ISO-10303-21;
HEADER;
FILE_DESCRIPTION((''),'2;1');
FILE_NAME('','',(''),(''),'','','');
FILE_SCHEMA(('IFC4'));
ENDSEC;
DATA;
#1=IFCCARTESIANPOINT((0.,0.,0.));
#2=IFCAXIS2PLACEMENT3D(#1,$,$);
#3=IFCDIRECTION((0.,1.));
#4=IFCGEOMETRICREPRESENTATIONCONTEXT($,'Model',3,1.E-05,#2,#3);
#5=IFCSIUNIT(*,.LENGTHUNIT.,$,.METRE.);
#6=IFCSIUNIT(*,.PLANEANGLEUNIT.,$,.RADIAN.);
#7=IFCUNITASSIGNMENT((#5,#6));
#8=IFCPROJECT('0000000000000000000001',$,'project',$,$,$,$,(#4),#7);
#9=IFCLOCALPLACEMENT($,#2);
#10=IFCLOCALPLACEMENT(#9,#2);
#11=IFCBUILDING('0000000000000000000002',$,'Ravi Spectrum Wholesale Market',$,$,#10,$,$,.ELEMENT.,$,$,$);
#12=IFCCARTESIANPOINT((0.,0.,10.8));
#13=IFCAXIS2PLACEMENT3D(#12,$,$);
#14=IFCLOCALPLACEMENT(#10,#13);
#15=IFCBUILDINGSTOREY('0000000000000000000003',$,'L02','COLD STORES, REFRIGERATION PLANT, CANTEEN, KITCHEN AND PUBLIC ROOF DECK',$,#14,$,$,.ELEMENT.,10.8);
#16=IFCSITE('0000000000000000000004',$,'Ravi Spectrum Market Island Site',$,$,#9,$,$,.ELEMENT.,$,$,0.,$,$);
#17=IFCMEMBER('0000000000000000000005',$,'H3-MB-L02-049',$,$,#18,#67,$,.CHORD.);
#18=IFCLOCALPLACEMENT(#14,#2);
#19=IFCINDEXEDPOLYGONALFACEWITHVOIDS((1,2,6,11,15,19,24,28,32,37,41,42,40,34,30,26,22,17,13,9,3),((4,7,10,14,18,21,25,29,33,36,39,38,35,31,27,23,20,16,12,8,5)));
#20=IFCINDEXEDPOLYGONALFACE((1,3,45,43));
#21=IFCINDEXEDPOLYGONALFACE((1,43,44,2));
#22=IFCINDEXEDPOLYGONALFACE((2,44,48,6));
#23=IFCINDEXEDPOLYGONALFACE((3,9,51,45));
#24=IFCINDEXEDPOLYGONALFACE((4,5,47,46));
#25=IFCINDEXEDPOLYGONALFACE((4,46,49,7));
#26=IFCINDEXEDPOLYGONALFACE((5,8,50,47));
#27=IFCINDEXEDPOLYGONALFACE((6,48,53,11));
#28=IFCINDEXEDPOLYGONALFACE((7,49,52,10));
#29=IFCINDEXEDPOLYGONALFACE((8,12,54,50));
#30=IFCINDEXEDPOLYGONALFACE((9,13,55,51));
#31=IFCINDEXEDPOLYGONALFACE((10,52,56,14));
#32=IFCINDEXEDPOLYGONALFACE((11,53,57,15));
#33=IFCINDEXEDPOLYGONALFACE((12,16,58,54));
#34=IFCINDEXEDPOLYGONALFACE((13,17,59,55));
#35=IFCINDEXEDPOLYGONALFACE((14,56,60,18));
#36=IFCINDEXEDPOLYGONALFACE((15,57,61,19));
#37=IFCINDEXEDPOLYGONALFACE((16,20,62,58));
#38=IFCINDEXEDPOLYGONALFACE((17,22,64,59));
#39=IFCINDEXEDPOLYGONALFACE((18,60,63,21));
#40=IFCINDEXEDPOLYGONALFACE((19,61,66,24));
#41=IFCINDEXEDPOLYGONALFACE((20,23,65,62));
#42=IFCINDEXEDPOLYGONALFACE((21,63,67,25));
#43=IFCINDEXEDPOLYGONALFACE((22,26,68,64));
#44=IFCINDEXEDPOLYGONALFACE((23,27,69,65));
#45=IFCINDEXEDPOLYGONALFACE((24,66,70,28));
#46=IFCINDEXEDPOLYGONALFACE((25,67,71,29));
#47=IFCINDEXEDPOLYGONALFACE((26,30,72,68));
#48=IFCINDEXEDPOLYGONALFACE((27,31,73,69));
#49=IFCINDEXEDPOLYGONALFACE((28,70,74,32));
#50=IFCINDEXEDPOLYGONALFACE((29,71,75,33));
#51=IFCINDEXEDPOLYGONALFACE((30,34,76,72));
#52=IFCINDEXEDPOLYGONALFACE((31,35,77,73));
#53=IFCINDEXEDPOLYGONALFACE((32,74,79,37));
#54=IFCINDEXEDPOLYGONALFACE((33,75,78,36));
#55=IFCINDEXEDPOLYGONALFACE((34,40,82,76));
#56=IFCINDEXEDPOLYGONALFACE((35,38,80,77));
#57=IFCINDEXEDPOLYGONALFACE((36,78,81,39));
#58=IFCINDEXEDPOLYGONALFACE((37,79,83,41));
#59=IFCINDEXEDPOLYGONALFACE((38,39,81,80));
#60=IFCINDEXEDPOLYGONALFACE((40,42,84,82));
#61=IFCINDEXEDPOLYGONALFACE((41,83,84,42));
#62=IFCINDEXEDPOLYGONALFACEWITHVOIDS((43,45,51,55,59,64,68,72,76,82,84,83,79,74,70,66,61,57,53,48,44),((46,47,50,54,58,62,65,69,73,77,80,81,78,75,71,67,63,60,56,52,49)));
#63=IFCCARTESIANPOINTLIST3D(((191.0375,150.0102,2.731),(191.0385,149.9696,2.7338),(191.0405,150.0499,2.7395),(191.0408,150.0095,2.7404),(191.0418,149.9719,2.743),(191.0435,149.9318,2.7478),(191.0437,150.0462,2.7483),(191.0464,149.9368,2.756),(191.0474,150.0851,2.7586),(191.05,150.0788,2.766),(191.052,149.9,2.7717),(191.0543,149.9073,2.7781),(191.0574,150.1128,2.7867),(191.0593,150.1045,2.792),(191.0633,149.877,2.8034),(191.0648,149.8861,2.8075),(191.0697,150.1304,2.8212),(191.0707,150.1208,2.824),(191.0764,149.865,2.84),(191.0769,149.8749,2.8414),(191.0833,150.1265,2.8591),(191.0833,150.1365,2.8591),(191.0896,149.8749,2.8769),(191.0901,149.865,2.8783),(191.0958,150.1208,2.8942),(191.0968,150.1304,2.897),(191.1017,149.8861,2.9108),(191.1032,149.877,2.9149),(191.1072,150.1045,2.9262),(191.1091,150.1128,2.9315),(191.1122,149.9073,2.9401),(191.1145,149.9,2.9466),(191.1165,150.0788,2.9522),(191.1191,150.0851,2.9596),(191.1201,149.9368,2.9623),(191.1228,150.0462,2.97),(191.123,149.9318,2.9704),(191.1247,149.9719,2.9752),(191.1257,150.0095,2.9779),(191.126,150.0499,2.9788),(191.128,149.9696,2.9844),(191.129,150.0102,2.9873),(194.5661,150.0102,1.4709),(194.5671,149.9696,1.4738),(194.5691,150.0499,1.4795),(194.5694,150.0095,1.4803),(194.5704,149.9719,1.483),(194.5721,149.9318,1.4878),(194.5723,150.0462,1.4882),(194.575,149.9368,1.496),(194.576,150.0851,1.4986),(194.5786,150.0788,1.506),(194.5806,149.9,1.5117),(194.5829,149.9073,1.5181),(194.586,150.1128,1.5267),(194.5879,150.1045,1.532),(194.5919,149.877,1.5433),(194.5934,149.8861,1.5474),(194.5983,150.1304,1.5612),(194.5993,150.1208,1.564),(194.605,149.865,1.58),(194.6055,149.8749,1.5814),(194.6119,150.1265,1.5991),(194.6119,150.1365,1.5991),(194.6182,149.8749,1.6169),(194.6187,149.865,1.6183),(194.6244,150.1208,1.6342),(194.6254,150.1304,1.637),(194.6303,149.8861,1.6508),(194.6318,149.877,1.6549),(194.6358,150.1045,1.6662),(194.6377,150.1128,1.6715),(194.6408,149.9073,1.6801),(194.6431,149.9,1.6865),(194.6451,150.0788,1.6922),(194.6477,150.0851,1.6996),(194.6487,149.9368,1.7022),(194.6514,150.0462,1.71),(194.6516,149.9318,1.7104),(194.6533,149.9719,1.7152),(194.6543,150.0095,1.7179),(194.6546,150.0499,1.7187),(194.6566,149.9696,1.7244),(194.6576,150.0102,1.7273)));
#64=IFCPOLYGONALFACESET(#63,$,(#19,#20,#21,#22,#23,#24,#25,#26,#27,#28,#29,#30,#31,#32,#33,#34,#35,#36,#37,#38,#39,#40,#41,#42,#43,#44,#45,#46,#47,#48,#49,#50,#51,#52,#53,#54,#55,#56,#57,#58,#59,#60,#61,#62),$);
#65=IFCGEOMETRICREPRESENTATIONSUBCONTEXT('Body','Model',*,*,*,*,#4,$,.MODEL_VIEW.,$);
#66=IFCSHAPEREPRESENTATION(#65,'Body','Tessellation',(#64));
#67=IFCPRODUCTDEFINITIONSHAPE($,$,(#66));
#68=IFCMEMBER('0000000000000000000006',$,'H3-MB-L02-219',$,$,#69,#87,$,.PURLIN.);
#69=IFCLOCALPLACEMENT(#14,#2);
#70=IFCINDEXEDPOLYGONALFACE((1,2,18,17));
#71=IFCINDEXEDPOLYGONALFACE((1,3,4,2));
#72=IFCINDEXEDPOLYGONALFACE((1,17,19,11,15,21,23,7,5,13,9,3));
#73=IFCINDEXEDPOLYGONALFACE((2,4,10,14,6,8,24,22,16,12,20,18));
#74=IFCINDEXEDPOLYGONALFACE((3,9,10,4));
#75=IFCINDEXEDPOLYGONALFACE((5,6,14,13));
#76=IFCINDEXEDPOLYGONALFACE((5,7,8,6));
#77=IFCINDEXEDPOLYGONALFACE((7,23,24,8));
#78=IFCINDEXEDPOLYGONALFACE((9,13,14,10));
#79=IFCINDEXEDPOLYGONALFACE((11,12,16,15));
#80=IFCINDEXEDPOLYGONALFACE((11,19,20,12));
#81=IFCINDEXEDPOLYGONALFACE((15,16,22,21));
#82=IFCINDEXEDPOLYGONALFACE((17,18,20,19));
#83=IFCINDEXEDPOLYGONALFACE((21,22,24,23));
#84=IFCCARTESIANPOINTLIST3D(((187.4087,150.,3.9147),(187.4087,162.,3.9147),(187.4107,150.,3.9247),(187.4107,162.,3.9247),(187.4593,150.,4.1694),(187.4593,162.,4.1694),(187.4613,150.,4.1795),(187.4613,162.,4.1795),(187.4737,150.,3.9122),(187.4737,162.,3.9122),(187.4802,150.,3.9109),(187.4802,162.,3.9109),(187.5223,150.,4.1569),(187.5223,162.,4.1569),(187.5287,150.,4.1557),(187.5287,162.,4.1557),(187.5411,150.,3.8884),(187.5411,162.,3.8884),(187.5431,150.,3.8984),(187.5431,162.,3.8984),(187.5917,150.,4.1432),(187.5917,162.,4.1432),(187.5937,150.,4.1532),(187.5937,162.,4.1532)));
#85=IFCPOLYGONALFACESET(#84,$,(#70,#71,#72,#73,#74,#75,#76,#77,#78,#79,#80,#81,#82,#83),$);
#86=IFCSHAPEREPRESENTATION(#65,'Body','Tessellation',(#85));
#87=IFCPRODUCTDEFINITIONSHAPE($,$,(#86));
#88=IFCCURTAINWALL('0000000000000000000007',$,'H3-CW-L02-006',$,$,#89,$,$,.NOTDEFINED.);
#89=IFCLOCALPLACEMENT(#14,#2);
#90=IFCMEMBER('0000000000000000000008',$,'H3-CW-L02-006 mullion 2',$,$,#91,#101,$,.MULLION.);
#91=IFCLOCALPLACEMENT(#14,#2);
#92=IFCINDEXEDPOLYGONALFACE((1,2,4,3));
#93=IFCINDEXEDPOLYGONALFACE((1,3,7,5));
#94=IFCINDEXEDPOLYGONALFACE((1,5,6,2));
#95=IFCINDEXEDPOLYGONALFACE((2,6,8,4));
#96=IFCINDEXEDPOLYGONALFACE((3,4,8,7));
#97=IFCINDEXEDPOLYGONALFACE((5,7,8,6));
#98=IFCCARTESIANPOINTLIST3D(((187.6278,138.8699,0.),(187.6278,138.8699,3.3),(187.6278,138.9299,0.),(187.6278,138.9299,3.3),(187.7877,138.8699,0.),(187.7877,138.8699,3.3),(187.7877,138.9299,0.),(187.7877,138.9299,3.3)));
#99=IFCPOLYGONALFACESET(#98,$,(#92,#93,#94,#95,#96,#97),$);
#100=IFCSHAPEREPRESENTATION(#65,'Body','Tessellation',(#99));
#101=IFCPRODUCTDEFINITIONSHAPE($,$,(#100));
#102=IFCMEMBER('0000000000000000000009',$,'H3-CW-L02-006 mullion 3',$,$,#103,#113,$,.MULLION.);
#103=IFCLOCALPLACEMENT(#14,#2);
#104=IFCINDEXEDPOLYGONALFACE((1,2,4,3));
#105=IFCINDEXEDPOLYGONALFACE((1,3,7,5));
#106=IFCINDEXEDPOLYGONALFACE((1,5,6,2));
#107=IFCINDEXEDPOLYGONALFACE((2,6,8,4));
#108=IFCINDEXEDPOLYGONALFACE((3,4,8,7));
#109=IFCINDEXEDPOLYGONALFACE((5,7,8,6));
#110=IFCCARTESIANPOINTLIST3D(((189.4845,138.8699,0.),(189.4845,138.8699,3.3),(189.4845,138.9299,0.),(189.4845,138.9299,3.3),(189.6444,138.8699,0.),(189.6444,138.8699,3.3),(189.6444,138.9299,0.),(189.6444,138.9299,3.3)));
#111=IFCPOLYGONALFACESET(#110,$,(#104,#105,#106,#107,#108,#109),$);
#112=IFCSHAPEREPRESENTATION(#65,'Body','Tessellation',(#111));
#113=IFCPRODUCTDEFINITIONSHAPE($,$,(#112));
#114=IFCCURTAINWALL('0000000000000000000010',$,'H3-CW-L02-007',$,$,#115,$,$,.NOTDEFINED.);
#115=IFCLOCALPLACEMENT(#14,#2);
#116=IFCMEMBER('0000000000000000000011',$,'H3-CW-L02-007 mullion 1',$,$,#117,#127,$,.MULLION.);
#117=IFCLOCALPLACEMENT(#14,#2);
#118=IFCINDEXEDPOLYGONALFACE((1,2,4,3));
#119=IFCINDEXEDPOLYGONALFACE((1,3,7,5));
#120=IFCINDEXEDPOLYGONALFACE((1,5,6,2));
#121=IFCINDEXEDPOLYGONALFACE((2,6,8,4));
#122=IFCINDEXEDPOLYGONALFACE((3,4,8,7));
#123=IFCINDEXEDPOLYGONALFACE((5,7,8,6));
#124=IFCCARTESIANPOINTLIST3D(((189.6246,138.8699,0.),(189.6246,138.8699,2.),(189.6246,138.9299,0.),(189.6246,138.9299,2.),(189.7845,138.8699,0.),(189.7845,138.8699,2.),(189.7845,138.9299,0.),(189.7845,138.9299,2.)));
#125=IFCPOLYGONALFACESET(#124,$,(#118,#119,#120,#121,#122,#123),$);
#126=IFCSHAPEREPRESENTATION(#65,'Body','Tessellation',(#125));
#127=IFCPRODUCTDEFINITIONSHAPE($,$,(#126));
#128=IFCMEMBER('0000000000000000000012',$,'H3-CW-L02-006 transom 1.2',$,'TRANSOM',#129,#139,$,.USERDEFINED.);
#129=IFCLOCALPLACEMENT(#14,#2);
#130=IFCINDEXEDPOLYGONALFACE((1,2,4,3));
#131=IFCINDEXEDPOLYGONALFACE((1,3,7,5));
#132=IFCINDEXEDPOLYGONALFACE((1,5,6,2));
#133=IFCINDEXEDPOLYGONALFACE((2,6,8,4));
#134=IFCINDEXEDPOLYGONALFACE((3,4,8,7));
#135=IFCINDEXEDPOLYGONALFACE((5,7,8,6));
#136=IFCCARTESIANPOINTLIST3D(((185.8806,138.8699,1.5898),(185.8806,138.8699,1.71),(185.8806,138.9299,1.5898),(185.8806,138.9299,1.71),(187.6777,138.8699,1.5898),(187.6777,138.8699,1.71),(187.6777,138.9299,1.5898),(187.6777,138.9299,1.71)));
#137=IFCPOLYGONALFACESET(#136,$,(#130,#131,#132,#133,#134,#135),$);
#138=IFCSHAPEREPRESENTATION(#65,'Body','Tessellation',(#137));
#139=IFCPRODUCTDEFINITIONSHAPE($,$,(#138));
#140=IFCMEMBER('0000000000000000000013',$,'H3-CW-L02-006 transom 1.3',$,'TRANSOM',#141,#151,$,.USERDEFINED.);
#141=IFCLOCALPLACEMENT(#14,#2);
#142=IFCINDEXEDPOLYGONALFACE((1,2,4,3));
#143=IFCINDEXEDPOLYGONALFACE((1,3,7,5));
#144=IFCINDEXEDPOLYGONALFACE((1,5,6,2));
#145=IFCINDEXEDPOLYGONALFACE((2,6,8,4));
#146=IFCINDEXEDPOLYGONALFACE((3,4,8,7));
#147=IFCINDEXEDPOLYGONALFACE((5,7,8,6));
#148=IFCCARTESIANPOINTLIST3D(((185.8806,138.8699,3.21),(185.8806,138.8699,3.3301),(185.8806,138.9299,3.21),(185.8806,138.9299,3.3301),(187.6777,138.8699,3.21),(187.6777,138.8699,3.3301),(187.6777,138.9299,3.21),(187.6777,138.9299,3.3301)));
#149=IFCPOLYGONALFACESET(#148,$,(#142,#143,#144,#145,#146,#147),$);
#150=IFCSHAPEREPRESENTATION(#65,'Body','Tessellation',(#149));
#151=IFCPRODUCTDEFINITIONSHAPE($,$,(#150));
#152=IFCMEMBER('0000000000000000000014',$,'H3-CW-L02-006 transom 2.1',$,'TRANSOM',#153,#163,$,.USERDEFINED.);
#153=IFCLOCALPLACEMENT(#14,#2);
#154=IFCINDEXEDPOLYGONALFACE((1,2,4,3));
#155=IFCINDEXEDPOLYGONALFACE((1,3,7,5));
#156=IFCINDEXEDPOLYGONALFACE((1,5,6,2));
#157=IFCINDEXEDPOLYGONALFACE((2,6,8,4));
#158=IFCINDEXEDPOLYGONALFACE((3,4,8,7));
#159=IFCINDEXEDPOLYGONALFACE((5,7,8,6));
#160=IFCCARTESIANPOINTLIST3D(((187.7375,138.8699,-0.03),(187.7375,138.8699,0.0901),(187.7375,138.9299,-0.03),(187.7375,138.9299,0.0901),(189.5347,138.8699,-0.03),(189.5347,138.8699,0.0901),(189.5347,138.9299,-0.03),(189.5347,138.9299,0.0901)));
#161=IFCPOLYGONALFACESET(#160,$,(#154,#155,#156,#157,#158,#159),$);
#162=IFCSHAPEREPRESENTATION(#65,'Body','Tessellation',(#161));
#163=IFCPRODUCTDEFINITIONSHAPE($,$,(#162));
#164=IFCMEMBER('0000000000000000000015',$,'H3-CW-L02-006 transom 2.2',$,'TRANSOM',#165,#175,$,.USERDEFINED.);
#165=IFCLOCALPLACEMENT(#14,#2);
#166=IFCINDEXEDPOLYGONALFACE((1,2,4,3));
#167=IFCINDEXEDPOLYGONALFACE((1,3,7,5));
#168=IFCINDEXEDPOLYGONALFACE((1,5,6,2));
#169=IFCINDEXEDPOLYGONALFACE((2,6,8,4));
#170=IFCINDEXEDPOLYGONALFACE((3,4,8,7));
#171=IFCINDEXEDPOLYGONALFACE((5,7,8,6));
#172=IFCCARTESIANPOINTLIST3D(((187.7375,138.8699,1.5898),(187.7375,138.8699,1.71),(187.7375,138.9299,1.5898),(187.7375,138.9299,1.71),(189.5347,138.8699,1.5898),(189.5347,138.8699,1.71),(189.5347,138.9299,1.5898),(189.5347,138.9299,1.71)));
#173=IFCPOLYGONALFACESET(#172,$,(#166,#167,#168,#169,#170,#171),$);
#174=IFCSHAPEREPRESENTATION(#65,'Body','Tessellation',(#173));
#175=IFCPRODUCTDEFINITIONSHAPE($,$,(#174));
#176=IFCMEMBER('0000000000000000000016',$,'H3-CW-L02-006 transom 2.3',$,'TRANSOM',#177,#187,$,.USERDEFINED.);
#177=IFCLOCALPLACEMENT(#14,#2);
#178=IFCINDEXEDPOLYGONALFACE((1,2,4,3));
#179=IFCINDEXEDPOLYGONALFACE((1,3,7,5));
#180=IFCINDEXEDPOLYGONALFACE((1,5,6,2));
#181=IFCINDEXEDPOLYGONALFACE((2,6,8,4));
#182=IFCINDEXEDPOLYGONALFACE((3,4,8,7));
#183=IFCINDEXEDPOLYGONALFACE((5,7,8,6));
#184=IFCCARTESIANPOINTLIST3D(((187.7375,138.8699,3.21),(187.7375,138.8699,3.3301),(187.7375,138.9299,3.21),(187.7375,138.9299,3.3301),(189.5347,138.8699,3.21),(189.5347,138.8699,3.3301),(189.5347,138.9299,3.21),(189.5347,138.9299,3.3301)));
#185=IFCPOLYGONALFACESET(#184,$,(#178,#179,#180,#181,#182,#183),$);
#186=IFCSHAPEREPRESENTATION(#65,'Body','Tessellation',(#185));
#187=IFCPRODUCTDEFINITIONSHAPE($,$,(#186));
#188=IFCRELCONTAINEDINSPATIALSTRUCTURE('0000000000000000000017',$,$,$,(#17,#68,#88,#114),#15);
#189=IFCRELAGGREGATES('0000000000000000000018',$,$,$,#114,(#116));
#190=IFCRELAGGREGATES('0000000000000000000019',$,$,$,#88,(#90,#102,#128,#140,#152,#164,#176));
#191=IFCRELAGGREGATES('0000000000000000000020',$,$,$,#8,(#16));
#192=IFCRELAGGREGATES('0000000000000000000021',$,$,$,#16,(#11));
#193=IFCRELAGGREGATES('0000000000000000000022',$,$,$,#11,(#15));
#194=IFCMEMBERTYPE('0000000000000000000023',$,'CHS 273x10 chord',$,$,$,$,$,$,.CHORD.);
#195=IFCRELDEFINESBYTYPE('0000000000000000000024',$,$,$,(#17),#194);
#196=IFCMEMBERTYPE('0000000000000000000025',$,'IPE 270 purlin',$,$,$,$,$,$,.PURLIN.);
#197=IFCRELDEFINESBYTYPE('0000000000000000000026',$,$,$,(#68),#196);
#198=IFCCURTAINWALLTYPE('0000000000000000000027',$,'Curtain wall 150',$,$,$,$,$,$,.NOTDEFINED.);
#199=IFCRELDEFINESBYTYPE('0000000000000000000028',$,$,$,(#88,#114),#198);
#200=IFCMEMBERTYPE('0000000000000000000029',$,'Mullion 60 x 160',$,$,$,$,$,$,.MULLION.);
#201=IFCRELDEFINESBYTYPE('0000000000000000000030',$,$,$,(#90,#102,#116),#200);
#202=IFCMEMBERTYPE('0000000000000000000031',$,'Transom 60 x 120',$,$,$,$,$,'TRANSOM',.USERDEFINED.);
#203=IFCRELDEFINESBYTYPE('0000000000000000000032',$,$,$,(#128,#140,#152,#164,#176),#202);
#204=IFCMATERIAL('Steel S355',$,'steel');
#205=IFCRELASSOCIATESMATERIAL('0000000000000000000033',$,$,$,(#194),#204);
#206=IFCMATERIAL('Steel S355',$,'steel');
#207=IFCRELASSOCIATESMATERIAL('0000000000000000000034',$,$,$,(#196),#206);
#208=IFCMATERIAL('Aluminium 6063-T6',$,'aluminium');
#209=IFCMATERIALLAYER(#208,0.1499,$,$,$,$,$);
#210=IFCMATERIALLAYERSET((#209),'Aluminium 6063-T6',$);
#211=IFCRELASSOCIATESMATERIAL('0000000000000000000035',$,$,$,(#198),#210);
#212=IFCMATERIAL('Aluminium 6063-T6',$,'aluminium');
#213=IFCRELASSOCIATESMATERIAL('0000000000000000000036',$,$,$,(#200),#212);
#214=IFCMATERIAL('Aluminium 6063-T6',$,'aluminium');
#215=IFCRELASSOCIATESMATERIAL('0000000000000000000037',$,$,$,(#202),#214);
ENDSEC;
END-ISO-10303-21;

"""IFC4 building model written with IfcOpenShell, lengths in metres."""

from ifc_helpers import new_model, si_unit, direction, frame, origin, origin_2d, place, context, subcontext, project, spatial, rectangle, hollow_circle, i_section, extrude, material, layer, layer_set, material_profile, profile_set, type_object, element, aggregate, save


model = new_model("IFC4")

# Units and contexts
model_context = context("Model", 3, precision=1e-05, world=origin(), true_north=direction((0.0, 1.0)))
body_context = subcontext(model_context, "Body", "Model", "MODEL_VIEW")
ifc_project = project(units=[si_unit("LENGTHUNIT", "METRE"), si_unit("PLANEANGLEUNIT", "RADIAN")], contexts=[model_context])

# Site, building, storey
site_placement = place(None, origin())
site = spatial("IfcSite", under=ifc_project, at=site_placement, Name="Ravi Spectrum Market Island Site", CompositionType="ELEMENT", RefElevation=0.0)
building_placement = place(site_placement, origin())
building = spatial("IfcBuilding", under=site, at=building_placement, Name="Ravi Spectrum Wholesale Market", CompositionType="ELEMENT")
storey_placement = place(building_placement, frame((0.0, 0.0, 10.8)))
storey = spatial("IfcBuildingStorey", under=building, at=storey_placement, Name="L02", Description="COLD STORES, REFRIGERATION PLANT, CANTEEN, KITCHEN AND PUBLIC ROOF DECK", CompositionType="ELEMENT", Elevation=10.8)

# Members
ifc_material_1 = material(Name="Steel S355", Category="steel")
ifc_material_profile_1 = material_profile(ifc_material_1, hollow_circle(Radius=0.1365, WallThickness=0.01, at=origin_2d()))
ifc_profile_set_1 = profile_set([ifc_material_profile_1], Name="Steel S355")
member_type_1 = type_object("IfcMemberType", Name="CHS 273x10 chord", PredefinedType="CHORD", material=ifc_profile_set_1)
member_1_placement = place(storey_placement, frame((191.0833, 150.0, 2.8591), z_axis=(0.941758, 0.0, -0.336291), x_axis=(0.0, 1.0, 0.0)))
element("IfcMember", 1, at=member_1_placement, inside=storey, type_object=member_type_1, Name="H3-MB-L02-049", PredefinedType="CHORD", context=body_context, shape_type="SweptSolid", body=[
    extrude(hollow_circle(Radius=0.1365, WallThickness=0.01, at=origin_2d()), origin(), (0.0, 0.0, 1.0), 3.7468),
])
ifc_material_2 = material(Name="Steel S355", Category="steel")
ifc_material_profile_2 = material_profile(ifc_material_2, i_section(OverallWidth=0.135, OverallDepth=0.27, WebThickness=0.0066, FlangeThickness=0.0103, at=origin_2d()))
ifc_profile_set_2 = profile_set([ifc_material_profile_2], Name="Steel S355")
member_type_2 = type_object("IfcMemberType", Name="IPE 270 purlin", PredefinedType="PURLIN", material=ifc_profile_set_2)
member_2_placement = place(storey_placement, frame((187.5012, 150.0, 4.0339), z_axis=(0.0, 1.0, 0.0), x_axis=(-0.980857, 0.0, 0.194731)))
element("IfcMember", 2, at=member_2_placement, inside=storey, type_object=member_type_2, Name="H3-MB-L02-219", PredefinedType="PURLIN", context=body_context, shape_type="SweptSolid", body=[
    extrude(i_section(OverallWidth=0.135, OverallDepth=0.27, WebThickness=0.0066, FlangeThickness=0.0103, at=origin_2d()), origin(), (0.0, 0.0, 1.0), 12.0),
])

# Curtain wall, members
ifc_material_3 = material(Name="Aluminium 6063-T6", Category="aluminium")
ifc_layer_1 = layer(ifc_material_3, 0.1499)
ifc_layer_set_1 = layer_set([ifc_layer_1], Name="Aluminium 6063-T6")
curtain_wall_type = type_object("IfcCurtainWallType", Name="Curtain wall 150", PredefinedType="NOTDEFINED", material=ifc_layer_set_1)
curtain_wall_1_placement = place(storey_placement, origin())
curtain_wall_1 = element("IfcCurtainWall", 3, at=curtain_wall_1_placement, inside=storey, type_object=curtain_wall_type, Name="H3-CW-L02-006", PredefinedType="NOTDEFINED")
ifc_material_4 = material(Name="Aluminium 6063-T6", Category="aluminium")
ifc_material_profile_3 = material_profile(ifc_material_4, rectangle(XDim=0.0601, YDim=0.1599, at=origin_2d()))
ifc_profile_set_3 = profile_set([ifc_material_profile_3], Name="Aluminium 6063-T6")
member_type_3 = type_object("IfcMemberType", Name="Mullion 60 x 160", PredefinedType="MULLION", material=ifc_profile_set_3)
member_3_placement = place(storey_placement, frame((187.7078, 138.8999, 0.0), z_axis=(0.0, 0.0, 1.0), x_axis=(0.0, 1.0, 0.0)))
member_3 = element("IfcMember", 4, at=member_3_placement, type_object=member_type_3, Name="H3-CW-L02-006 mullion 2", PredefinedType="MULLION", context=body_context, shape_type="SweptSolid", body=[
    extrude(rectangle(XDim=0.0601, YDim=0.1599, at=origin_2d()), origin(), (0.0, 0.0, 1.0), 3.3),
])
member_4_placement = place(storey_placement, frame((189.5645, 138.8999, 0.0), z_axis=(0.0, 0.0, 1.0), x_axis=(0.0, 1.0, 0.0)))
member_4 = element("IfcMember", 5, at=member_4_placement, type_object=member_type_3, Name="H3-CW-L02-006 mullion 3", PredefinedType="MULLION", context=body_context, shape_type="SweptSolid", body=[
    extrude(rectangle(XDim=0.0601, YDim=0.1599, at=origin_2d()), origin(), (0.0, 0.0, 1.0), 3.3),
])

# Curtain wall, member
curtain_wall_2_placement = place(storey_placement, origin())
curtain_wall_2 = element("IfcCurtainWall", 6, at=curtain_wall_2_placement, inside=storey, type_object=curtain_wall_type, Name="H3-CW-L02-007", PredefinedType="NOTDEFINED")
member_5_placement = place(storey_placement, frame((189.7046, 138.8999, 0.0), z_axis=(0.0, 0.0, 1.0), x_axis=(0.0, 1.0, 0.0)))
member_5 = element("IfcMember", 7, at=member_5_placement, type_object=member_type_3, Name="H3-CW-L02-007 mullion 1", PredefinedType="MULLION", context=body_context, shape_type="SweptSolid", body=[
    extrude(rectangle(XDim=0.0601, YDim=0.1599, at=origin_2d()), origin(), (0.0, 0.0, 1.0), 2.0),
])

# Members
ifc_material_5 = material(Name="Aluminium 6063-T6", Category="aluminium")
ifc_material_profile_4 = material_profile(ifc_material_5, rectangle(XDim=0.0601, YDim=0.1201, at=origin_2d()))
ifc_profile_set_4 = profile_set([ifc_material_profile_4], Name="Aluminium 6063-T6")
member_type_4 = type_object("IfcMemberType", Name="Transom 60 x 120", ElementType="TRANSOM", PredefinedType="USERDEFINED", material=ifc_profile_set_4)
member_6_placement = place(storey_placement, frame((185.8806, 138.8999, 1.6499), z_axis=(1.0, 0.0, 0.0), x_axis=(0.0, 1.0, 0.0)))
member_6 = element("IfcMember", 8, at=member_6_placement, type_object=member_type_4, Name="H3-CW-L02-006 transom 1.2", ObjectType="TRANSOM", PredefinedType="USERDEFINED", context=body_context, shape_type="SweptSolid", body=[
    extrude(rectangle(XDim=0.0601, YDim=0.1201, at=origin_2d()), origin(), (0.0, 0.0, 1.0), 1.7971),
])
member_7_placement = place(storey_placement, frame((185.8806, 138.8999, 3.27), z_axis=(1.0, 0.0, 0.0), x_axis=(0.0, 1.0, 0.0)))
member_7 = element("IfcMember", 9, at=member_7_placement, type_object=member_type_4, Name="H3-CW-L02-006 transom 1.3", ObjectType="TRANSOM", PredefinedType="USERDEFINED", context=body_context, shape_type="SweptSolid", body=[
    extrude(rectangle(XDim=0.0601, YDim=0.1201, at=origin_2d()), origin(), (0.0, 0.0, 1.0), 1.7971),
])
member_8_placement = place(storey_placement, frame((187.7375, 138.8999, 0.03), z_axis=(1.0, 0.0, 0.0), x_axis=(0.0, 1.0, 0.0)))
member_8 = element("IfcMember", 10, at=member_8_placement, type_object=member_type_4, Name="H3-CW-L02-006 transom 2.1", ObjectType="TRANSOM", PredefinedType="USERDEFINED", context=body_context, shape_type="SweptSolid", body=[
    extrude(rectangle(XDim=0.0601, YDim=0.1201, at=origin_2d()), origin(), (0.0, 0.0, 1.0), 1.7971),
])
member_9_placement = place(storey_placement, frame((187.7375, 138.8999, 1.6499), z_axis=(1.0, 0.0, 0.0), x_axis=(0.0, 1.0, 0.0)))
member_9 = element("IfcMember", 11, at=member_9_placement, type_object=member_type_4, Name="H3-CW-L02-006 transom 2.2", ObjectType="TRANSOM", PredefinedType="USERDEFINED", context=body_context, shape_type="SweptSolid", body=[
    extrude(rectangle(XDim=0.0601, YDim=0.1201, at=origin_2d()), origin(), (0.0, 0.0, 1.0), 1.7971),
])
member_10_placement = place(storey_placement, frame((187.7375, 138.8999, 3.27), z_axis=(1.0, 0.0, 0.0), x_axis=(0.0, 1.0, 0.0)))
member_10 = element("IfcMember", 12, at=member_10_placement, type_object=member_type_4, Name="H3-CW-L02-006 transom 2.3", ObjectType="TRANSOM", PredefinedType="USERDEFINED", context=body_context, shape_type="SweptSolid", body=[
    extrude(rectangle(XDim=0.0601, YDim=0.1201, at=origin_2d()), origin(), (0.0, 0.0, 1.0), 1.7971),
])

aggregate(curtain_wall_2, [member_5])
aggregate(curtain_wall_1, [member_3, member_4, member_6, member_7, member_8, member_9, member_10])

save(model, "model.ifc")
